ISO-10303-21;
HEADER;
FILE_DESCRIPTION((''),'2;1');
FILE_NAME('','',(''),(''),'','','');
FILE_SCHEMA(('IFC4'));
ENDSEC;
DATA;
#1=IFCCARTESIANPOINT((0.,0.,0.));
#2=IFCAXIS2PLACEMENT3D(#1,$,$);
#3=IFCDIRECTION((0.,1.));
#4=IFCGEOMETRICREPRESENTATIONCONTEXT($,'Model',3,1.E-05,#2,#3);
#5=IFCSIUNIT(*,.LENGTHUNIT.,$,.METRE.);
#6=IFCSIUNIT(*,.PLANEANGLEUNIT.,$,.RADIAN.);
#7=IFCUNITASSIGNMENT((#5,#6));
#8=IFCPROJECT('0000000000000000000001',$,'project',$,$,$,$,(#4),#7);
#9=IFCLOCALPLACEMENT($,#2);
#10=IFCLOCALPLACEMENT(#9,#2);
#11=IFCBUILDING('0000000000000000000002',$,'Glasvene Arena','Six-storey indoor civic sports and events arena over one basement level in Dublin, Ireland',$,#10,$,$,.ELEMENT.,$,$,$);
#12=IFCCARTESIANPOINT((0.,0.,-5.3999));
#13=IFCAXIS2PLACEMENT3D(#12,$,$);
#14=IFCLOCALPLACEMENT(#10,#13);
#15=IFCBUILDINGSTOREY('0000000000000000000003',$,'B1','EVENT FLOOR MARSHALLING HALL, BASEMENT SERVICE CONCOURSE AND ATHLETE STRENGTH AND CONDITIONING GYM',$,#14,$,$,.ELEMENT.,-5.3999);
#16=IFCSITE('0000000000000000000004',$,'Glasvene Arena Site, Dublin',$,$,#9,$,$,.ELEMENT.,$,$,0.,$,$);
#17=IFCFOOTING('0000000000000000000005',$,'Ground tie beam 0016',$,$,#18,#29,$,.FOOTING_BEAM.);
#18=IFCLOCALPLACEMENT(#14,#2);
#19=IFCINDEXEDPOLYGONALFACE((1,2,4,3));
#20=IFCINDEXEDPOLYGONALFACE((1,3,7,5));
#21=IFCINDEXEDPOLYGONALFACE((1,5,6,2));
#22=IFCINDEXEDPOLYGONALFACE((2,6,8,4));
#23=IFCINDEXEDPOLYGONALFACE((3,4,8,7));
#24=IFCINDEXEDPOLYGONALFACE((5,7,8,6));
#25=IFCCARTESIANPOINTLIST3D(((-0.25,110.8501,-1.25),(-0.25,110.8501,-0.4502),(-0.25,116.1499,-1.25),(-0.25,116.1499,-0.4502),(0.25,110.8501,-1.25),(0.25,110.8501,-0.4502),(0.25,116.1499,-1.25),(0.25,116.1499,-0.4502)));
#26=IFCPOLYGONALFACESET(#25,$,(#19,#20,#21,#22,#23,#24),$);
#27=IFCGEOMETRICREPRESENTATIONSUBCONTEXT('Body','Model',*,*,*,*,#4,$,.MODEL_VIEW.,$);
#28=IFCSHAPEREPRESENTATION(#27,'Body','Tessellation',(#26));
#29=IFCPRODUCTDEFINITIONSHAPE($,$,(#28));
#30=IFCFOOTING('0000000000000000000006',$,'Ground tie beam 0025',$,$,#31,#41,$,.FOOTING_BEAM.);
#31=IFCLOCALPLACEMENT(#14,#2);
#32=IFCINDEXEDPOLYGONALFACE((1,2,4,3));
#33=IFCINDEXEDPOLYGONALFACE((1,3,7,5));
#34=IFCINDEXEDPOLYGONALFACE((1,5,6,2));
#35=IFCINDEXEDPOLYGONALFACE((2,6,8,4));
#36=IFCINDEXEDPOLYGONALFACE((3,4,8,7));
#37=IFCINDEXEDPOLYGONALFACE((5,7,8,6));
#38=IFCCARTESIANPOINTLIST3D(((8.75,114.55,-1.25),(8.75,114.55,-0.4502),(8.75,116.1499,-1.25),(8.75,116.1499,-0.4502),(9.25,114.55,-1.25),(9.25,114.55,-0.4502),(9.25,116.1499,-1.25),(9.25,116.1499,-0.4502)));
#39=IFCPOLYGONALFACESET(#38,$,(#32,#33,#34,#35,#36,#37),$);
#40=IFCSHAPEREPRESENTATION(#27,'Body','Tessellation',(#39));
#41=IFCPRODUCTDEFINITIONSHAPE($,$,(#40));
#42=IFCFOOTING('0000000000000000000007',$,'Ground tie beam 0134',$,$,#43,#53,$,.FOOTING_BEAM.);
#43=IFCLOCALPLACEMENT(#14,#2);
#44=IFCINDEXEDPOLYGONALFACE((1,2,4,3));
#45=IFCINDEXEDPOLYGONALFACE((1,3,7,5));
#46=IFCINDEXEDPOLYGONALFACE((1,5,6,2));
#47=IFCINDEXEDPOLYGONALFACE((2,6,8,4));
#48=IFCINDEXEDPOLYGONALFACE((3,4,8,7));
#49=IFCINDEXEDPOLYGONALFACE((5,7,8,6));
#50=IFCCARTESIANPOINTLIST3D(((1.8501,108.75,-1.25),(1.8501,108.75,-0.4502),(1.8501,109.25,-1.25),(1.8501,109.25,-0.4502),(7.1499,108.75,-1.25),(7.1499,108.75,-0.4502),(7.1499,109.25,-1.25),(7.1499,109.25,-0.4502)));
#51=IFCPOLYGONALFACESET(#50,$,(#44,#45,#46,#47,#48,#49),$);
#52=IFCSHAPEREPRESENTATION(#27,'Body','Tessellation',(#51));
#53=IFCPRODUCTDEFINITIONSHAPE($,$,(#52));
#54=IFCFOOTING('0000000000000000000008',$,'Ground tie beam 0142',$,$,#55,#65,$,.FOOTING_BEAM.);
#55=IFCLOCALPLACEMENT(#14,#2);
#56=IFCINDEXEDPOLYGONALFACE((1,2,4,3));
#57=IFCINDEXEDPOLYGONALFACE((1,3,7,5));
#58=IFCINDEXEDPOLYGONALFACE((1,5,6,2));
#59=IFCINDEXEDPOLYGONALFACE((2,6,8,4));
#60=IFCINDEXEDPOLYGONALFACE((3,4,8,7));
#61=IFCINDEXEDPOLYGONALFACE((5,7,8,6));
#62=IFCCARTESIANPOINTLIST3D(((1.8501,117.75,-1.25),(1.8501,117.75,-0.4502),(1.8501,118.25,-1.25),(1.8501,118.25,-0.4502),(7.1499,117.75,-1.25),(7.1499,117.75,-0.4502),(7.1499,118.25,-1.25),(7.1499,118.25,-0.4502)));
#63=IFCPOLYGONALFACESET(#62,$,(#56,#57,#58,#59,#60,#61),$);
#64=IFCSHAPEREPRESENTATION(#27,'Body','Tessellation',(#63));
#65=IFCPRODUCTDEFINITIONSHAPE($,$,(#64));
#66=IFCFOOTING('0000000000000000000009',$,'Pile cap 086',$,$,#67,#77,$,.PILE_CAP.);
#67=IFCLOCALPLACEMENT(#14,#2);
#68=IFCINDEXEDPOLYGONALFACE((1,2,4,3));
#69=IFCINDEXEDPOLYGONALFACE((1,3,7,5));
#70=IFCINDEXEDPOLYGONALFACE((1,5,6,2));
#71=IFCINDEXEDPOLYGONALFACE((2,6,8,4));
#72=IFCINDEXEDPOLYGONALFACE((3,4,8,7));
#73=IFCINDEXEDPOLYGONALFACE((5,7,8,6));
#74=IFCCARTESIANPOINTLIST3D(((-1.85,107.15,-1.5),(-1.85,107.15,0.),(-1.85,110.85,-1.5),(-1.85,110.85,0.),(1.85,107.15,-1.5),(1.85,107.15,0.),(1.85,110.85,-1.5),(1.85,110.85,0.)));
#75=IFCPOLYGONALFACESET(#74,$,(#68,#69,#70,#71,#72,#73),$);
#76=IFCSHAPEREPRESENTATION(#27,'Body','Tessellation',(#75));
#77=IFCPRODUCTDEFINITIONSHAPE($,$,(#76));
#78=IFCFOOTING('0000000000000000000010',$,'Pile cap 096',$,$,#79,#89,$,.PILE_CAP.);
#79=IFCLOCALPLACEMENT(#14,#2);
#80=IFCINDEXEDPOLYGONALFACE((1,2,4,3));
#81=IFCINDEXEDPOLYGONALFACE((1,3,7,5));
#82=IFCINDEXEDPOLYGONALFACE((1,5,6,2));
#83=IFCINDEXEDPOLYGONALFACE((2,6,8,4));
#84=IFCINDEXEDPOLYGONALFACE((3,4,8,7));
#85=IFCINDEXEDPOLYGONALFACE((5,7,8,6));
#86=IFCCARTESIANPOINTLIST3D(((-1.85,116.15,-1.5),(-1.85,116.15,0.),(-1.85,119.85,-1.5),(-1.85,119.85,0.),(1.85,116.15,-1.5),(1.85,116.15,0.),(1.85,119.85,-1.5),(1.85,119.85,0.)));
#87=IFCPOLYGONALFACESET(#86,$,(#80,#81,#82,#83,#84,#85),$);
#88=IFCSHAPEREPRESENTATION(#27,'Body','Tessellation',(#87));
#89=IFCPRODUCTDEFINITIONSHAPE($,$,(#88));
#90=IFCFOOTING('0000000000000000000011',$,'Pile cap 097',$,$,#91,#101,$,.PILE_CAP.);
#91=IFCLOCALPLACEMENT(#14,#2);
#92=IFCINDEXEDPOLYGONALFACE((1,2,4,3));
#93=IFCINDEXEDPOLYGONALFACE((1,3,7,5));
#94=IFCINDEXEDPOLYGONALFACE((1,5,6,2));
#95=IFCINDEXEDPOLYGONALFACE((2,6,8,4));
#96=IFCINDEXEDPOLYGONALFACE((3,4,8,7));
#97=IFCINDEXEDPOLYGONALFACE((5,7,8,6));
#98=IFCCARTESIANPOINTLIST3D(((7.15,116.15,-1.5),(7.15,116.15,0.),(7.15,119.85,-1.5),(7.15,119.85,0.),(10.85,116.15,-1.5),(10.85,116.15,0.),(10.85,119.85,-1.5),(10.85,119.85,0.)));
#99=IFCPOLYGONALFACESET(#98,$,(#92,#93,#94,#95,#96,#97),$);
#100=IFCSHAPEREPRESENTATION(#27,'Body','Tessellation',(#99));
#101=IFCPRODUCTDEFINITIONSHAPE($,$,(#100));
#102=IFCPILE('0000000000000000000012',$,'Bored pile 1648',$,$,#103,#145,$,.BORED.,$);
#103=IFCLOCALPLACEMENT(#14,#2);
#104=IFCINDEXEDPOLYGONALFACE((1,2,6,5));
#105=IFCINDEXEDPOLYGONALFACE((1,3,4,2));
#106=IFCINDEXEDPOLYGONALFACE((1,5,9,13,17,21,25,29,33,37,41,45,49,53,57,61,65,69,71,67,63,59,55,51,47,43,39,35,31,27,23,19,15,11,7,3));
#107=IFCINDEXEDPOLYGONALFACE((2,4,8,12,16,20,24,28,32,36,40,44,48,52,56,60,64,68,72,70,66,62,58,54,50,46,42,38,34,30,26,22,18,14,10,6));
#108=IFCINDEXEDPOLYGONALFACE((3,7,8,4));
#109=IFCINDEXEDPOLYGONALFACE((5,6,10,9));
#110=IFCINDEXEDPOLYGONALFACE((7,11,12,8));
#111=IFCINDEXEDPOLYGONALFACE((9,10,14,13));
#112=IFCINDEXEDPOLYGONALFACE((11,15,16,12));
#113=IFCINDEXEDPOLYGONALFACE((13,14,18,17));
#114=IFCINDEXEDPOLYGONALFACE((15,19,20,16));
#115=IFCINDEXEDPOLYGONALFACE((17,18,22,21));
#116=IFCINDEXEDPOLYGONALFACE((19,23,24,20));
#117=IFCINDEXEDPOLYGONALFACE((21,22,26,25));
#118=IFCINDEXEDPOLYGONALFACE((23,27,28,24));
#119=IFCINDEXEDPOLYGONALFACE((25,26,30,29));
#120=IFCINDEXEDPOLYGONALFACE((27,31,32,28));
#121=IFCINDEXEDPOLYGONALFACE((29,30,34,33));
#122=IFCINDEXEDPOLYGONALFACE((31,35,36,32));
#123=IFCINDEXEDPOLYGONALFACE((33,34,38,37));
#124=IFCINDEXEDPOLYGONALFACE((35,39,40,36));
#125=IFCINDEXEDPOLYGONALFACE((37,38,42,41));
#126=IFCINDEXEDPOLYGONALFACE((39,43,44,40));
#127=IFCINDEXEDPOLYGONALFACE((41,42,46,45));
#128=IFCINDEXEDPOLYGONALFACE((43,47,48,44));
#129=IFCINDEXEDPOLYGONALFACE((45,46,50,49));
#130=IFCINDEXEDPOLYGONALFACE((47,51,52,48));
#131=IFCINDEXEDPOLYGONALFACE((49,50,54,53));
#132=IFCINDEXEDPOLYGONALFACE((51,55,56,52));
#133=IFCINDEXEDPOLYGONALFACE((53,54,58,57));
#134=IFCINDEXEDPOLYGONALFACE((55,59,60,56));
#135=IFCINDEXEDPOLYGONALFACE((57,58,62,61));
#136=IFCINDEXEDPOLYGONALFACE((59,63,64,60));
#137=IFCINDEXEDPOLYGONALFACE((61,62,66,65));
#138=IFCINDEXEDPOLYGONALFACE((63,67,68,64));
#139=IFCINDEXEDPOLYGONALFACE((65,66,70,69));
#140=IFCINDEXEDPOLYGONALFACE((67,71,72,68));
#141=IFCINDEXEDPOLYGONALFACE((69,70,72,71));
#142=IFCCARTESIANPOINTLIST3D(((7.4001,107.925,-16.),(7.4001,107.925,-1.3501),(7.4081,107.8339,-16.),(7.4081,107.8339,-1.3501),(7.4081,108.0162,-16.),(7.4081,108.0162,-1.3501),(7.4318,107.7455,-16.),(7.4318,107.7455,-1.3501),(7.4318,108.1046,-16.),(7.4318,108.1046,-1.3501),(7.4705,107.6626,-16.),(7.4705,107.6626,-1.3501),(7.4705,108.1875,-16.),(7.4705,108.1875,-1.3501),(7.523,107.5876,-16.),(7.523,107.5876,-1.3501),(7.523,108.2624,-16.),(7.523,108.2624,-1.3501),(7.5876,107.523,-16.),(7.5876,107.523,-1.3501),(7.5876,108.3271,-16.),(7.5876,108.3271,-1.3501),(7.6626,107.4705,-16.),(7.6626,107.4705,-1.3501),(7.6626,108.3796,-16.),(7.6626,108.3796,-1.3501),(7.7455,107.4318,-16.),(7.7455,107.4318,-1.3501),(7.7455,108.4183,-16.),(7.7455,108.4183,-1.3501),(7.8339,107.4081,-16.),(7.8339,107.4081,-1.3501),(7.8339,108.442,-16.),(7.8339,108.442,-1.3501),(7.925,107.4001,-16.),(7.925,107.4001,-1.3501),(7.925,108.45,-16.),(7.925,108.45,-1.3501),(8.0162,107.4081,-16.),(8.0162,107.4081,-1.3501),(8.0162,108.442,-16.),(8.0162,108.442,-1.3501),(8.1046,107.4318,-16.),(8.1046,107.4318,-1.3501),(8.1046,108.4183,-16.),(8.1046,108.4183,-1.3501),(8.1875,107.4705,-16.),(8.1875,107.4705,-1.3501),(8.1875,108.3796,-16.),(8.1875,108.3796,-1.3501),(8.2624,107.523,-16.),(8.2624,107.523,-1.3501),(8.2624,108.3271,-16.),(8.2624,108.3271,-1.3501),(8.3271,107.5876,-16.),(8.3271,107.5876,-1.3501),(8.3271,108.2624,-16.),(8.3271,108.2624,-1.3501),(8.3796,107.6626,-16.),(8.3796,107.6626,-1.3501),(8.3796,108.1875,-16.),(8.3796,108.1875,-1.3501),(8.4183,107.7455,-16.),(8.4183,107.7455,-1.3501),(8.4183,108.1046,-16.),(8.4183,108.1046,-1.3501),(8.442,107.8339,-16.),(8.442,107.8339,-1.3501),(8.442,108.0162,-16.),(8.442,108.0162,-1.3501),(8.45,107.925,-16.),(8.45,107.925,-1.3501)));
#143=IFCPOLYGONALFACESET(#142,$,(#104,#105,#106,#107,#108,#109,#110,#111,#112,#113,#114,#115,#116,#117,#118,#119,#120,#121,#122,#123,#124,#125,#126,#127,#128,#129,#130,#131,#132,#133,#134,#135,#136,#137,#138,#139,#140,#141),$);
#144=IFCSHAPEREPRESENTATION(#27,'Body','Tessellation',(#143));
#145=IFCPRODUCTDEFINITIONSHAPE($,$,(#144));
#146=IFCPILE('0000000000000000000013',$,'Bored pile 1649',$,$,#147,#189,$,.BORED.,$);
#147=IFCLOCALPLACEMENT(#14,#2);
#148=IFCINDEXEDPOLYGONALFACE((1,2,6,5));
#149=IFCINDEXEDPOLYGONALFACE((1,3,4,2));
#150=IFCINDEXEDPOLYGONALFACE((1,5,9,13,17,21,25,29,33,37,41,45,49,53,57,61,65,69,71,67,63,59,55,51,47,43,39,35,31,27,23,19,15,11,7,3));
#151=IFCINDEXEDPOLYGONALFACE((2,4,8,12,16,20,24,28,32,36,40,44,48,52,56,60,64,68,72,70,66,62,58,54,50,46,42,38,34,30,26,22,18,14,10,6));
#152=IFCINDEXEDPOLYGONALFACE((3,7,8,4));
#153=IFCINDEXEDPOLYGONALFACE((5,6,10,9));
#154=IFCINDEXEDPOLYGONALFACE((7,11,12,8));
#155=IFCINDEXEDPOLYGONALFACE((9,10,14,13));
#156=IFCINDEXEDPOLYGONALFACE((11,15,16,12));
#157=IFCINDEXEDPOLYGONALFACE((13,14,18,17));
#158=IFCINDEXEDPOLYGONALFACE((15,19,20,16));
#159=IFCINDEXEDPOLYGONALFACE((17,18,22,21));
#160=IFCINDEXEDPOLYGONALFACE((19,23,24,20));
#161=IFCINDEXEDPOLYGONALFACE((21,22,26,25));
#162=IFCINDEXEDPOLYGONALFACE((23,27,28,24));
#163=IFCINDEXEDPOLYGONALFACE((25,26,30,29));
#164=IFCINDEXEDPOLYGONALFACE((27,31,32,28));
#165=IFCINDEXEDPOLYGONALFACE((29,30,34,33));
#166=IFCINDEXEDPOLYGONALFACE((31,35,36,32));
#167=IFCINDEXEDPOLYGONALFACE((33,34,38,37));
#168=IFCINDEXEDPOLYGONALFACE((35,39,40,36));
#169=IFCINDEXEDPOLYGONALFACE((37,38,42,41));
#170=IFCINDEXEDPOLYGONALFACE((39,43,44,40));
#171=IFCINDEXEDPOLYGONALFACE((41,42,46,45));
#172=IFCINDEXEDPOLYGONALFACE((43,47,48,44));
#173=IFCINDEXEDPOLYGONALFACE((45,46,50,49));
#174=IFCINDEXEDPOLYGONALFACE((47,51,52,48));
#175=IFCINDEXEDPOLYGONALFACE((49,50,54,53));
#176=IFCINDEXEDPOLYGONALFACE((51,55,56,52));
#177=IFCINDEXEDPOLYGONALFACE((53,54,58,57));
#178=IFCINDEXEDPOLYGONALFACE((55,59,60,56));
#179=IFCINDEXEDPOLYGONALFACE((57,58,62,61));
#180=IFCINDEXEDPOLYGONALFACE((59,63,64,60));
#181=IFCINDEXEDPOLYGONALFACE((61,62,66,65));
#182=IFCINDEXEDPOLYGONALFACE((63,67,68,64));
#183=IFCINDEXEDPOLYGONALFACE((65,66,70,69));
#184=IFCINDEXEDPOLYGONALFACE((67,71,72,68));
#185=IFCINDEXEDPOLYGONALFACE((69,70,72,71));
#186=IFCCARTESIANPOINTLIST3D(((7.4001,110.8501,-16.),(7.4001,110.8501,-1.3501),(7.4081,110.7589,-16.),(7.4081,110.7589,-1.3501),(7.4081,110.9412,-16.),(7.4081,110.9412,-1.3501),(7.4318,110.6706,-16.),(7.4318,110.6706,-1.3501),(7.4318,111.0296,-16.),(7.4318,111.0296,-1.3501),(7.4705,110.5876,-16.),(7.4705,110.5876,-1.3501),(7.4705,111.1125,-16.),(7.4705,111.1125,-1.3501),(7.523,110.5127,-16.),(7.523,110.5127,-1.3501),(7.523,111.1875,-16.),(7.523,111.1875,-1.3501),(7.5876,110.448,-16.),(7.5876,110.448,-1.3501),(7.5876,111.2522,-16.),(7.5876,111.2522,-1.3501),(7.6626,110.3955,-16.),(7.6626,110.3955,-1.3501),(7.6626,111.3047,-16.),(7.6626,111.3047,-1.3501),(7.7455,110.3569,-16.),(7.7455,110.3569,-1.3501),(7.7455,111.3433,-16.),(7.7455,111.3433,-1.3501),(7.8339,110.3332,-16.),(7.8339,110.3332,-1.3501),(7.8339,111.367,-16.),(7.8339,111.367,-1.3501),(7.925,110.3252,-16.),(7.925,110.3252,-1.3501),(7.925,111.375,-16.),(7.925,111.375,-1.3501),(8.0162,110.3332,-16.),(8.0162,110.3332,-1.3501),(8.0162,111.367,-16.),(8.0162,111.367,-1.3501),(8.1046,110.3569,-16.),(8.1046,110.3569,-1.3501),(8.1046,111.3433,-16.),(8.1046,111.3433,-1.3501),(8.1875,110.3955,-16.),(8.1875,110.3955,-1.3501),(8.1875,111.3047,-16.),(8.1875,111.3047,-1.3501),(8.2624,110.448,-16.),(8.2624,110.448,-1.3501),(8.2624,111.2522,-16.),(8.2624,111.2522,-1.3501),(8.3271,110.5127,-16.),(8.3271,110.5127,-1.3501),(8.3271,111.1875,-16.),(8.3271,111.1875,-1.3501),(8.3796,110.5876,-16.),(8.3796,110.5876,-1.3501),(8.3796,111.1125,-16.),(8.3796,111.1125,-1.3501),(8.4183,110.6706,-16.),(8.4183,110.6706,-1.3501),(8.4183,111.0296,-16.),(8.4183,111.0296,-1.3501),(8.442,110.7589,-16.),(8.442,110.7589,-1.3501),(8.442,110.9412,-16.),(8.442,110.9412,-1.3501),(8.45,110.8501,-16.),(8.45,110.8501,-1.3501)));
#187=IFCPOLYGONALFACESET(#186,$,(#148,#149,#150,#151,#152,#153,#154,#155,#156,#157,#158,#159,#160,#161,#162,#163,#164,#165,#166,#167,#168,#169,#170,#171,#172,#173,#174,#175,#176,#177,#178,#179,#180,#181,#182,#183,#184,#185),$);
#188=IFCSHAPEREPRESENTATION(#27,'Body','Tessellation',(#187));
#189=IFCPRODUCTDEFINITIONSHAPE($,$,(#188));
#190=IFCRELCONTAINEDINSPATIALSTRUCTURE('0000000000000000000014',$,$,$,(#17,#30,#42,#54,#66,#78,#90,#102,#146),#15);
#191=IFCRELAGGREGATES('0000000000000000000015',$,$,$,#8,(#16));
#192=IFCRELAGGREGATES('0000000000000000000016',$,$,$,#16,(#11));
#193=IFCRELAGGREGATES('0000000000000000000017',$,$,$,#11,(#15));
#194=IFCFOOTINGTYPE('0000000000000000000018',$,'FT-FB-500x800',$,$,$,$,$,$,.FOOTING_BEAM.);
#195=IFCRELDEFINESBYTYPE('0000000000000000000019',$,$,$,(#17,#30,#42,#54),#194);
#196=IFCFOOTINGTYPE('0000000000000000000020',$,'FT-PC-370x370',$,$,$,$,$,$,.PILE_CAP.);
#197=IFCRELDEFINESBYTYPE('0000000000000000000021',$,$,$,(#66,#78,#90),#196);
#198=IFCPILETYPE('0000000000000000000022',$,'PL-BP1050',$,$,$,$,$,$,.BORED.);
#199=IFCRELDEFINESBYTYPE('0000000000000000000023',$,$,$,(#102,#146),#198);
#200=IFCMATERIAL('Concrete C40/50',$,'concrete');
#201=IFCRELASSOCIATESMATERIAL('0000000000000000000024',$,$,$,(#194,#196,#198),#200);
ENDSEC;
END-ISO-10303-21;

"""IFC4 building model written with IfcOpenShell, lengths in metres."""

from ifc_helpers import new_model, si_unit, direction, frame, origin, origin_2d, place, context, subcontext, project, spatial, polyline, rectangle, circle, outline, extrude, material, material_profile, profile_set, type_object, element, save


model = new_model("IFC4")

# Units and contexts
model_context = context("Model", 3, precision=1e-05, world=origin(), true_north=direction((0.0, 1.0)))
body_context = subcontext(model_context, "Body", "Model", "MODEL_VIEW")
ifc_project = project(units=[si_unit("LENGTHUNIT", "METRE"), si_unit("PLANEANGLEUNIT", "RADIAN")], contexts=[model_context])

# Site, building, storey
site_placement = place(None, origin())
site = spatial("IfcSite", under=ifc_project, at=site_placement, Name="Glasvene Arena Site, Dublin", CompositionType="ELEMENT", RefElevation=0.0)
building_placement = place(site_placement, origin())
building = spatial("IfcBuilding", under=site, at=building_placement, Name="Glasvene Arena", Description="Six-storey indoor civic sports and events arena over one basement level in Dublin, Ireland", CompositionType="ELEMENT")
storey_placement = place(building_placement, frame((0.0, 0.0, -5.3999)))
storey = spatial("IfcBuildingStorey", under=building, at=storey_placement, Name="B1", Description="EVENT FLOOR MARSHALLING HALL, BASEMENT SERVICE CONCOURSE AND ATHLETE STRENGTH AND CONDITIONING GYM", CompositionType="ELEMENT", Elevation=-5.3999)

# Footings
ifc_material_1 = material(Name="Concrete C40/50", Category="concrete")
footing_type_1 = type_object("IfcFootingType", Name="FT-FB-500x800", PredefinedType="FOOTING_BEAM", material=ifc_material_1)
footing_1_placement = place(storey_placement, frame((0.0, 113.5, -1.25)))
element("IfcFooting", 1, at=footing_1_placement, inside=storey, type_object=footing_type_1, Name="Ground tie beam 0016", PredefinedType="FOOTING_BEAM", context=body_context, shape_type="SweptSolid", body=[
    extrude(outline(polyline([(-0.25, -2.6499), (0.25, -2.6499), (0.25, 2.6499), (-0.25, 2.6499), (-0.25, -2.6499)])), origin(), (0.0, 0.0, 1.0), 0.7998),
])
footing_2_placement = place(storey_placement, frame((9.0, 115.3501, -1.25)))
element("IfcFooting", 2, at=footing_2_placement, inside=storey, type_object=footing_type_1, Name="Ground tie beam 0025", PredefinedType="FOOTING_BEAM", context=body_context, shape_type="SweptSolid", body=[
    extrude(outline(polyline([(-0.25, -0.8), (0.25, -0.8), (0.25, 0.7998), (-0.25, 0.7998), (-0.25, -0.8)])), origin(), (0.0, 0.0, 1.0), 0.7998),
])
for number, where, name in (
    (3, (4.5, 109.0, -1.25), "Ground tie beam 0134"),
    (4, (4.5, 118.0, -1.25), "Ground tie beam 0142"),
):
    element("IfcFooting", number, at=place(storey_placement, frame(where)), inside=storey, type_object=footing_type_1, Name=name, PredefinedType="FOOTING_BEAM", context=body_context, shape_type="SweptSolid", body=[
        extrude(outline(polyline([(-2.6499, -0.25), (2.6499, -0.25), (2.6499, 0.25), (-2.6499, 0.25), (-2.6499, -0.25)])), origin(), (0.0, 0.0, 1.0), 0.7998),
    ])
footing_type_2 = type_object("IfcFootingType", Name="FT-PC-370x370", PredefinedType="PILE_CAP", material=ifc_material_1)
for number, where, z_axis, x_axis, name in (
    (5, (0.0, 109.0, -1.5), (0.0, 0.0, 1.0), (1.0, 0.0, 0.0), "Pile cap 086"),
    (6, (0.0, 118.0, -1.5), (0.0, 0.0, 1.0), (1.0, 0.0, 0.0), "Pile cap 096"),
    (7, (9.0, 118.0, -1.5), (0.0, 0.0, 1.0), (1.0, 0.0, 0.0), "Pile cap 097"),
):
    element("IfcFooting", number, at=place(storey_placement, frame(where, z_axis=z_axis, x_axis=x_axis)), inside=storey, type_object=footing_type_2, Name=name, PredefinedType="PILE_CAP", context=body_context, shape_type="SweptSolid", body=[
        extrude(rectangle(XDim=3.7, YDim=3.7, at=origin_2d()), origin(), (0.0, 0.0, 1.0), 1.5),
    ])

# Piles
ifc_material_profile_1 = material_profile(ifc_material_1, circle(Radius=0.5249, at=origin_2d()), Name="BORED PILE 1050")
ifc_profile_set_1 = profile_set([ifc_material_profile_1], Name="Concrete C40/50")
pile_type_1 = type_object("IfcPileType", Name="PL-BP1050", PredefinedType="BORED", material=ifc_profile_set_1)
for number, where, z_axis, x_axis, name in (
    (8, (7.925, 107.925, -1.3501), (0.0, 0.0, -1.0), (1.0, 0.0, 0.0), "Bored pile 1648"),
    (9, (7.925, 110.8501, -1.3501), (0.0, 0.0, -1.0), (1.0, 0.0, 0.0), "Bored pile 1649"),
):
    element("IfcPile", number, at=place(storey_placement, frame(where, z_axis=z_axis, x_axis=x_axis)), inside=storey, type_object=pile_type_1, Name=name, PredefinedType="BORED", context=body_context, shape_type="SweptSolid", body=[
        extrude(circle(Radius=0.5249, at=origin_2d()), origin(), (0.0, 0.0, 1.0), 14.6499),
    ])

save(model, "model.ifc")
